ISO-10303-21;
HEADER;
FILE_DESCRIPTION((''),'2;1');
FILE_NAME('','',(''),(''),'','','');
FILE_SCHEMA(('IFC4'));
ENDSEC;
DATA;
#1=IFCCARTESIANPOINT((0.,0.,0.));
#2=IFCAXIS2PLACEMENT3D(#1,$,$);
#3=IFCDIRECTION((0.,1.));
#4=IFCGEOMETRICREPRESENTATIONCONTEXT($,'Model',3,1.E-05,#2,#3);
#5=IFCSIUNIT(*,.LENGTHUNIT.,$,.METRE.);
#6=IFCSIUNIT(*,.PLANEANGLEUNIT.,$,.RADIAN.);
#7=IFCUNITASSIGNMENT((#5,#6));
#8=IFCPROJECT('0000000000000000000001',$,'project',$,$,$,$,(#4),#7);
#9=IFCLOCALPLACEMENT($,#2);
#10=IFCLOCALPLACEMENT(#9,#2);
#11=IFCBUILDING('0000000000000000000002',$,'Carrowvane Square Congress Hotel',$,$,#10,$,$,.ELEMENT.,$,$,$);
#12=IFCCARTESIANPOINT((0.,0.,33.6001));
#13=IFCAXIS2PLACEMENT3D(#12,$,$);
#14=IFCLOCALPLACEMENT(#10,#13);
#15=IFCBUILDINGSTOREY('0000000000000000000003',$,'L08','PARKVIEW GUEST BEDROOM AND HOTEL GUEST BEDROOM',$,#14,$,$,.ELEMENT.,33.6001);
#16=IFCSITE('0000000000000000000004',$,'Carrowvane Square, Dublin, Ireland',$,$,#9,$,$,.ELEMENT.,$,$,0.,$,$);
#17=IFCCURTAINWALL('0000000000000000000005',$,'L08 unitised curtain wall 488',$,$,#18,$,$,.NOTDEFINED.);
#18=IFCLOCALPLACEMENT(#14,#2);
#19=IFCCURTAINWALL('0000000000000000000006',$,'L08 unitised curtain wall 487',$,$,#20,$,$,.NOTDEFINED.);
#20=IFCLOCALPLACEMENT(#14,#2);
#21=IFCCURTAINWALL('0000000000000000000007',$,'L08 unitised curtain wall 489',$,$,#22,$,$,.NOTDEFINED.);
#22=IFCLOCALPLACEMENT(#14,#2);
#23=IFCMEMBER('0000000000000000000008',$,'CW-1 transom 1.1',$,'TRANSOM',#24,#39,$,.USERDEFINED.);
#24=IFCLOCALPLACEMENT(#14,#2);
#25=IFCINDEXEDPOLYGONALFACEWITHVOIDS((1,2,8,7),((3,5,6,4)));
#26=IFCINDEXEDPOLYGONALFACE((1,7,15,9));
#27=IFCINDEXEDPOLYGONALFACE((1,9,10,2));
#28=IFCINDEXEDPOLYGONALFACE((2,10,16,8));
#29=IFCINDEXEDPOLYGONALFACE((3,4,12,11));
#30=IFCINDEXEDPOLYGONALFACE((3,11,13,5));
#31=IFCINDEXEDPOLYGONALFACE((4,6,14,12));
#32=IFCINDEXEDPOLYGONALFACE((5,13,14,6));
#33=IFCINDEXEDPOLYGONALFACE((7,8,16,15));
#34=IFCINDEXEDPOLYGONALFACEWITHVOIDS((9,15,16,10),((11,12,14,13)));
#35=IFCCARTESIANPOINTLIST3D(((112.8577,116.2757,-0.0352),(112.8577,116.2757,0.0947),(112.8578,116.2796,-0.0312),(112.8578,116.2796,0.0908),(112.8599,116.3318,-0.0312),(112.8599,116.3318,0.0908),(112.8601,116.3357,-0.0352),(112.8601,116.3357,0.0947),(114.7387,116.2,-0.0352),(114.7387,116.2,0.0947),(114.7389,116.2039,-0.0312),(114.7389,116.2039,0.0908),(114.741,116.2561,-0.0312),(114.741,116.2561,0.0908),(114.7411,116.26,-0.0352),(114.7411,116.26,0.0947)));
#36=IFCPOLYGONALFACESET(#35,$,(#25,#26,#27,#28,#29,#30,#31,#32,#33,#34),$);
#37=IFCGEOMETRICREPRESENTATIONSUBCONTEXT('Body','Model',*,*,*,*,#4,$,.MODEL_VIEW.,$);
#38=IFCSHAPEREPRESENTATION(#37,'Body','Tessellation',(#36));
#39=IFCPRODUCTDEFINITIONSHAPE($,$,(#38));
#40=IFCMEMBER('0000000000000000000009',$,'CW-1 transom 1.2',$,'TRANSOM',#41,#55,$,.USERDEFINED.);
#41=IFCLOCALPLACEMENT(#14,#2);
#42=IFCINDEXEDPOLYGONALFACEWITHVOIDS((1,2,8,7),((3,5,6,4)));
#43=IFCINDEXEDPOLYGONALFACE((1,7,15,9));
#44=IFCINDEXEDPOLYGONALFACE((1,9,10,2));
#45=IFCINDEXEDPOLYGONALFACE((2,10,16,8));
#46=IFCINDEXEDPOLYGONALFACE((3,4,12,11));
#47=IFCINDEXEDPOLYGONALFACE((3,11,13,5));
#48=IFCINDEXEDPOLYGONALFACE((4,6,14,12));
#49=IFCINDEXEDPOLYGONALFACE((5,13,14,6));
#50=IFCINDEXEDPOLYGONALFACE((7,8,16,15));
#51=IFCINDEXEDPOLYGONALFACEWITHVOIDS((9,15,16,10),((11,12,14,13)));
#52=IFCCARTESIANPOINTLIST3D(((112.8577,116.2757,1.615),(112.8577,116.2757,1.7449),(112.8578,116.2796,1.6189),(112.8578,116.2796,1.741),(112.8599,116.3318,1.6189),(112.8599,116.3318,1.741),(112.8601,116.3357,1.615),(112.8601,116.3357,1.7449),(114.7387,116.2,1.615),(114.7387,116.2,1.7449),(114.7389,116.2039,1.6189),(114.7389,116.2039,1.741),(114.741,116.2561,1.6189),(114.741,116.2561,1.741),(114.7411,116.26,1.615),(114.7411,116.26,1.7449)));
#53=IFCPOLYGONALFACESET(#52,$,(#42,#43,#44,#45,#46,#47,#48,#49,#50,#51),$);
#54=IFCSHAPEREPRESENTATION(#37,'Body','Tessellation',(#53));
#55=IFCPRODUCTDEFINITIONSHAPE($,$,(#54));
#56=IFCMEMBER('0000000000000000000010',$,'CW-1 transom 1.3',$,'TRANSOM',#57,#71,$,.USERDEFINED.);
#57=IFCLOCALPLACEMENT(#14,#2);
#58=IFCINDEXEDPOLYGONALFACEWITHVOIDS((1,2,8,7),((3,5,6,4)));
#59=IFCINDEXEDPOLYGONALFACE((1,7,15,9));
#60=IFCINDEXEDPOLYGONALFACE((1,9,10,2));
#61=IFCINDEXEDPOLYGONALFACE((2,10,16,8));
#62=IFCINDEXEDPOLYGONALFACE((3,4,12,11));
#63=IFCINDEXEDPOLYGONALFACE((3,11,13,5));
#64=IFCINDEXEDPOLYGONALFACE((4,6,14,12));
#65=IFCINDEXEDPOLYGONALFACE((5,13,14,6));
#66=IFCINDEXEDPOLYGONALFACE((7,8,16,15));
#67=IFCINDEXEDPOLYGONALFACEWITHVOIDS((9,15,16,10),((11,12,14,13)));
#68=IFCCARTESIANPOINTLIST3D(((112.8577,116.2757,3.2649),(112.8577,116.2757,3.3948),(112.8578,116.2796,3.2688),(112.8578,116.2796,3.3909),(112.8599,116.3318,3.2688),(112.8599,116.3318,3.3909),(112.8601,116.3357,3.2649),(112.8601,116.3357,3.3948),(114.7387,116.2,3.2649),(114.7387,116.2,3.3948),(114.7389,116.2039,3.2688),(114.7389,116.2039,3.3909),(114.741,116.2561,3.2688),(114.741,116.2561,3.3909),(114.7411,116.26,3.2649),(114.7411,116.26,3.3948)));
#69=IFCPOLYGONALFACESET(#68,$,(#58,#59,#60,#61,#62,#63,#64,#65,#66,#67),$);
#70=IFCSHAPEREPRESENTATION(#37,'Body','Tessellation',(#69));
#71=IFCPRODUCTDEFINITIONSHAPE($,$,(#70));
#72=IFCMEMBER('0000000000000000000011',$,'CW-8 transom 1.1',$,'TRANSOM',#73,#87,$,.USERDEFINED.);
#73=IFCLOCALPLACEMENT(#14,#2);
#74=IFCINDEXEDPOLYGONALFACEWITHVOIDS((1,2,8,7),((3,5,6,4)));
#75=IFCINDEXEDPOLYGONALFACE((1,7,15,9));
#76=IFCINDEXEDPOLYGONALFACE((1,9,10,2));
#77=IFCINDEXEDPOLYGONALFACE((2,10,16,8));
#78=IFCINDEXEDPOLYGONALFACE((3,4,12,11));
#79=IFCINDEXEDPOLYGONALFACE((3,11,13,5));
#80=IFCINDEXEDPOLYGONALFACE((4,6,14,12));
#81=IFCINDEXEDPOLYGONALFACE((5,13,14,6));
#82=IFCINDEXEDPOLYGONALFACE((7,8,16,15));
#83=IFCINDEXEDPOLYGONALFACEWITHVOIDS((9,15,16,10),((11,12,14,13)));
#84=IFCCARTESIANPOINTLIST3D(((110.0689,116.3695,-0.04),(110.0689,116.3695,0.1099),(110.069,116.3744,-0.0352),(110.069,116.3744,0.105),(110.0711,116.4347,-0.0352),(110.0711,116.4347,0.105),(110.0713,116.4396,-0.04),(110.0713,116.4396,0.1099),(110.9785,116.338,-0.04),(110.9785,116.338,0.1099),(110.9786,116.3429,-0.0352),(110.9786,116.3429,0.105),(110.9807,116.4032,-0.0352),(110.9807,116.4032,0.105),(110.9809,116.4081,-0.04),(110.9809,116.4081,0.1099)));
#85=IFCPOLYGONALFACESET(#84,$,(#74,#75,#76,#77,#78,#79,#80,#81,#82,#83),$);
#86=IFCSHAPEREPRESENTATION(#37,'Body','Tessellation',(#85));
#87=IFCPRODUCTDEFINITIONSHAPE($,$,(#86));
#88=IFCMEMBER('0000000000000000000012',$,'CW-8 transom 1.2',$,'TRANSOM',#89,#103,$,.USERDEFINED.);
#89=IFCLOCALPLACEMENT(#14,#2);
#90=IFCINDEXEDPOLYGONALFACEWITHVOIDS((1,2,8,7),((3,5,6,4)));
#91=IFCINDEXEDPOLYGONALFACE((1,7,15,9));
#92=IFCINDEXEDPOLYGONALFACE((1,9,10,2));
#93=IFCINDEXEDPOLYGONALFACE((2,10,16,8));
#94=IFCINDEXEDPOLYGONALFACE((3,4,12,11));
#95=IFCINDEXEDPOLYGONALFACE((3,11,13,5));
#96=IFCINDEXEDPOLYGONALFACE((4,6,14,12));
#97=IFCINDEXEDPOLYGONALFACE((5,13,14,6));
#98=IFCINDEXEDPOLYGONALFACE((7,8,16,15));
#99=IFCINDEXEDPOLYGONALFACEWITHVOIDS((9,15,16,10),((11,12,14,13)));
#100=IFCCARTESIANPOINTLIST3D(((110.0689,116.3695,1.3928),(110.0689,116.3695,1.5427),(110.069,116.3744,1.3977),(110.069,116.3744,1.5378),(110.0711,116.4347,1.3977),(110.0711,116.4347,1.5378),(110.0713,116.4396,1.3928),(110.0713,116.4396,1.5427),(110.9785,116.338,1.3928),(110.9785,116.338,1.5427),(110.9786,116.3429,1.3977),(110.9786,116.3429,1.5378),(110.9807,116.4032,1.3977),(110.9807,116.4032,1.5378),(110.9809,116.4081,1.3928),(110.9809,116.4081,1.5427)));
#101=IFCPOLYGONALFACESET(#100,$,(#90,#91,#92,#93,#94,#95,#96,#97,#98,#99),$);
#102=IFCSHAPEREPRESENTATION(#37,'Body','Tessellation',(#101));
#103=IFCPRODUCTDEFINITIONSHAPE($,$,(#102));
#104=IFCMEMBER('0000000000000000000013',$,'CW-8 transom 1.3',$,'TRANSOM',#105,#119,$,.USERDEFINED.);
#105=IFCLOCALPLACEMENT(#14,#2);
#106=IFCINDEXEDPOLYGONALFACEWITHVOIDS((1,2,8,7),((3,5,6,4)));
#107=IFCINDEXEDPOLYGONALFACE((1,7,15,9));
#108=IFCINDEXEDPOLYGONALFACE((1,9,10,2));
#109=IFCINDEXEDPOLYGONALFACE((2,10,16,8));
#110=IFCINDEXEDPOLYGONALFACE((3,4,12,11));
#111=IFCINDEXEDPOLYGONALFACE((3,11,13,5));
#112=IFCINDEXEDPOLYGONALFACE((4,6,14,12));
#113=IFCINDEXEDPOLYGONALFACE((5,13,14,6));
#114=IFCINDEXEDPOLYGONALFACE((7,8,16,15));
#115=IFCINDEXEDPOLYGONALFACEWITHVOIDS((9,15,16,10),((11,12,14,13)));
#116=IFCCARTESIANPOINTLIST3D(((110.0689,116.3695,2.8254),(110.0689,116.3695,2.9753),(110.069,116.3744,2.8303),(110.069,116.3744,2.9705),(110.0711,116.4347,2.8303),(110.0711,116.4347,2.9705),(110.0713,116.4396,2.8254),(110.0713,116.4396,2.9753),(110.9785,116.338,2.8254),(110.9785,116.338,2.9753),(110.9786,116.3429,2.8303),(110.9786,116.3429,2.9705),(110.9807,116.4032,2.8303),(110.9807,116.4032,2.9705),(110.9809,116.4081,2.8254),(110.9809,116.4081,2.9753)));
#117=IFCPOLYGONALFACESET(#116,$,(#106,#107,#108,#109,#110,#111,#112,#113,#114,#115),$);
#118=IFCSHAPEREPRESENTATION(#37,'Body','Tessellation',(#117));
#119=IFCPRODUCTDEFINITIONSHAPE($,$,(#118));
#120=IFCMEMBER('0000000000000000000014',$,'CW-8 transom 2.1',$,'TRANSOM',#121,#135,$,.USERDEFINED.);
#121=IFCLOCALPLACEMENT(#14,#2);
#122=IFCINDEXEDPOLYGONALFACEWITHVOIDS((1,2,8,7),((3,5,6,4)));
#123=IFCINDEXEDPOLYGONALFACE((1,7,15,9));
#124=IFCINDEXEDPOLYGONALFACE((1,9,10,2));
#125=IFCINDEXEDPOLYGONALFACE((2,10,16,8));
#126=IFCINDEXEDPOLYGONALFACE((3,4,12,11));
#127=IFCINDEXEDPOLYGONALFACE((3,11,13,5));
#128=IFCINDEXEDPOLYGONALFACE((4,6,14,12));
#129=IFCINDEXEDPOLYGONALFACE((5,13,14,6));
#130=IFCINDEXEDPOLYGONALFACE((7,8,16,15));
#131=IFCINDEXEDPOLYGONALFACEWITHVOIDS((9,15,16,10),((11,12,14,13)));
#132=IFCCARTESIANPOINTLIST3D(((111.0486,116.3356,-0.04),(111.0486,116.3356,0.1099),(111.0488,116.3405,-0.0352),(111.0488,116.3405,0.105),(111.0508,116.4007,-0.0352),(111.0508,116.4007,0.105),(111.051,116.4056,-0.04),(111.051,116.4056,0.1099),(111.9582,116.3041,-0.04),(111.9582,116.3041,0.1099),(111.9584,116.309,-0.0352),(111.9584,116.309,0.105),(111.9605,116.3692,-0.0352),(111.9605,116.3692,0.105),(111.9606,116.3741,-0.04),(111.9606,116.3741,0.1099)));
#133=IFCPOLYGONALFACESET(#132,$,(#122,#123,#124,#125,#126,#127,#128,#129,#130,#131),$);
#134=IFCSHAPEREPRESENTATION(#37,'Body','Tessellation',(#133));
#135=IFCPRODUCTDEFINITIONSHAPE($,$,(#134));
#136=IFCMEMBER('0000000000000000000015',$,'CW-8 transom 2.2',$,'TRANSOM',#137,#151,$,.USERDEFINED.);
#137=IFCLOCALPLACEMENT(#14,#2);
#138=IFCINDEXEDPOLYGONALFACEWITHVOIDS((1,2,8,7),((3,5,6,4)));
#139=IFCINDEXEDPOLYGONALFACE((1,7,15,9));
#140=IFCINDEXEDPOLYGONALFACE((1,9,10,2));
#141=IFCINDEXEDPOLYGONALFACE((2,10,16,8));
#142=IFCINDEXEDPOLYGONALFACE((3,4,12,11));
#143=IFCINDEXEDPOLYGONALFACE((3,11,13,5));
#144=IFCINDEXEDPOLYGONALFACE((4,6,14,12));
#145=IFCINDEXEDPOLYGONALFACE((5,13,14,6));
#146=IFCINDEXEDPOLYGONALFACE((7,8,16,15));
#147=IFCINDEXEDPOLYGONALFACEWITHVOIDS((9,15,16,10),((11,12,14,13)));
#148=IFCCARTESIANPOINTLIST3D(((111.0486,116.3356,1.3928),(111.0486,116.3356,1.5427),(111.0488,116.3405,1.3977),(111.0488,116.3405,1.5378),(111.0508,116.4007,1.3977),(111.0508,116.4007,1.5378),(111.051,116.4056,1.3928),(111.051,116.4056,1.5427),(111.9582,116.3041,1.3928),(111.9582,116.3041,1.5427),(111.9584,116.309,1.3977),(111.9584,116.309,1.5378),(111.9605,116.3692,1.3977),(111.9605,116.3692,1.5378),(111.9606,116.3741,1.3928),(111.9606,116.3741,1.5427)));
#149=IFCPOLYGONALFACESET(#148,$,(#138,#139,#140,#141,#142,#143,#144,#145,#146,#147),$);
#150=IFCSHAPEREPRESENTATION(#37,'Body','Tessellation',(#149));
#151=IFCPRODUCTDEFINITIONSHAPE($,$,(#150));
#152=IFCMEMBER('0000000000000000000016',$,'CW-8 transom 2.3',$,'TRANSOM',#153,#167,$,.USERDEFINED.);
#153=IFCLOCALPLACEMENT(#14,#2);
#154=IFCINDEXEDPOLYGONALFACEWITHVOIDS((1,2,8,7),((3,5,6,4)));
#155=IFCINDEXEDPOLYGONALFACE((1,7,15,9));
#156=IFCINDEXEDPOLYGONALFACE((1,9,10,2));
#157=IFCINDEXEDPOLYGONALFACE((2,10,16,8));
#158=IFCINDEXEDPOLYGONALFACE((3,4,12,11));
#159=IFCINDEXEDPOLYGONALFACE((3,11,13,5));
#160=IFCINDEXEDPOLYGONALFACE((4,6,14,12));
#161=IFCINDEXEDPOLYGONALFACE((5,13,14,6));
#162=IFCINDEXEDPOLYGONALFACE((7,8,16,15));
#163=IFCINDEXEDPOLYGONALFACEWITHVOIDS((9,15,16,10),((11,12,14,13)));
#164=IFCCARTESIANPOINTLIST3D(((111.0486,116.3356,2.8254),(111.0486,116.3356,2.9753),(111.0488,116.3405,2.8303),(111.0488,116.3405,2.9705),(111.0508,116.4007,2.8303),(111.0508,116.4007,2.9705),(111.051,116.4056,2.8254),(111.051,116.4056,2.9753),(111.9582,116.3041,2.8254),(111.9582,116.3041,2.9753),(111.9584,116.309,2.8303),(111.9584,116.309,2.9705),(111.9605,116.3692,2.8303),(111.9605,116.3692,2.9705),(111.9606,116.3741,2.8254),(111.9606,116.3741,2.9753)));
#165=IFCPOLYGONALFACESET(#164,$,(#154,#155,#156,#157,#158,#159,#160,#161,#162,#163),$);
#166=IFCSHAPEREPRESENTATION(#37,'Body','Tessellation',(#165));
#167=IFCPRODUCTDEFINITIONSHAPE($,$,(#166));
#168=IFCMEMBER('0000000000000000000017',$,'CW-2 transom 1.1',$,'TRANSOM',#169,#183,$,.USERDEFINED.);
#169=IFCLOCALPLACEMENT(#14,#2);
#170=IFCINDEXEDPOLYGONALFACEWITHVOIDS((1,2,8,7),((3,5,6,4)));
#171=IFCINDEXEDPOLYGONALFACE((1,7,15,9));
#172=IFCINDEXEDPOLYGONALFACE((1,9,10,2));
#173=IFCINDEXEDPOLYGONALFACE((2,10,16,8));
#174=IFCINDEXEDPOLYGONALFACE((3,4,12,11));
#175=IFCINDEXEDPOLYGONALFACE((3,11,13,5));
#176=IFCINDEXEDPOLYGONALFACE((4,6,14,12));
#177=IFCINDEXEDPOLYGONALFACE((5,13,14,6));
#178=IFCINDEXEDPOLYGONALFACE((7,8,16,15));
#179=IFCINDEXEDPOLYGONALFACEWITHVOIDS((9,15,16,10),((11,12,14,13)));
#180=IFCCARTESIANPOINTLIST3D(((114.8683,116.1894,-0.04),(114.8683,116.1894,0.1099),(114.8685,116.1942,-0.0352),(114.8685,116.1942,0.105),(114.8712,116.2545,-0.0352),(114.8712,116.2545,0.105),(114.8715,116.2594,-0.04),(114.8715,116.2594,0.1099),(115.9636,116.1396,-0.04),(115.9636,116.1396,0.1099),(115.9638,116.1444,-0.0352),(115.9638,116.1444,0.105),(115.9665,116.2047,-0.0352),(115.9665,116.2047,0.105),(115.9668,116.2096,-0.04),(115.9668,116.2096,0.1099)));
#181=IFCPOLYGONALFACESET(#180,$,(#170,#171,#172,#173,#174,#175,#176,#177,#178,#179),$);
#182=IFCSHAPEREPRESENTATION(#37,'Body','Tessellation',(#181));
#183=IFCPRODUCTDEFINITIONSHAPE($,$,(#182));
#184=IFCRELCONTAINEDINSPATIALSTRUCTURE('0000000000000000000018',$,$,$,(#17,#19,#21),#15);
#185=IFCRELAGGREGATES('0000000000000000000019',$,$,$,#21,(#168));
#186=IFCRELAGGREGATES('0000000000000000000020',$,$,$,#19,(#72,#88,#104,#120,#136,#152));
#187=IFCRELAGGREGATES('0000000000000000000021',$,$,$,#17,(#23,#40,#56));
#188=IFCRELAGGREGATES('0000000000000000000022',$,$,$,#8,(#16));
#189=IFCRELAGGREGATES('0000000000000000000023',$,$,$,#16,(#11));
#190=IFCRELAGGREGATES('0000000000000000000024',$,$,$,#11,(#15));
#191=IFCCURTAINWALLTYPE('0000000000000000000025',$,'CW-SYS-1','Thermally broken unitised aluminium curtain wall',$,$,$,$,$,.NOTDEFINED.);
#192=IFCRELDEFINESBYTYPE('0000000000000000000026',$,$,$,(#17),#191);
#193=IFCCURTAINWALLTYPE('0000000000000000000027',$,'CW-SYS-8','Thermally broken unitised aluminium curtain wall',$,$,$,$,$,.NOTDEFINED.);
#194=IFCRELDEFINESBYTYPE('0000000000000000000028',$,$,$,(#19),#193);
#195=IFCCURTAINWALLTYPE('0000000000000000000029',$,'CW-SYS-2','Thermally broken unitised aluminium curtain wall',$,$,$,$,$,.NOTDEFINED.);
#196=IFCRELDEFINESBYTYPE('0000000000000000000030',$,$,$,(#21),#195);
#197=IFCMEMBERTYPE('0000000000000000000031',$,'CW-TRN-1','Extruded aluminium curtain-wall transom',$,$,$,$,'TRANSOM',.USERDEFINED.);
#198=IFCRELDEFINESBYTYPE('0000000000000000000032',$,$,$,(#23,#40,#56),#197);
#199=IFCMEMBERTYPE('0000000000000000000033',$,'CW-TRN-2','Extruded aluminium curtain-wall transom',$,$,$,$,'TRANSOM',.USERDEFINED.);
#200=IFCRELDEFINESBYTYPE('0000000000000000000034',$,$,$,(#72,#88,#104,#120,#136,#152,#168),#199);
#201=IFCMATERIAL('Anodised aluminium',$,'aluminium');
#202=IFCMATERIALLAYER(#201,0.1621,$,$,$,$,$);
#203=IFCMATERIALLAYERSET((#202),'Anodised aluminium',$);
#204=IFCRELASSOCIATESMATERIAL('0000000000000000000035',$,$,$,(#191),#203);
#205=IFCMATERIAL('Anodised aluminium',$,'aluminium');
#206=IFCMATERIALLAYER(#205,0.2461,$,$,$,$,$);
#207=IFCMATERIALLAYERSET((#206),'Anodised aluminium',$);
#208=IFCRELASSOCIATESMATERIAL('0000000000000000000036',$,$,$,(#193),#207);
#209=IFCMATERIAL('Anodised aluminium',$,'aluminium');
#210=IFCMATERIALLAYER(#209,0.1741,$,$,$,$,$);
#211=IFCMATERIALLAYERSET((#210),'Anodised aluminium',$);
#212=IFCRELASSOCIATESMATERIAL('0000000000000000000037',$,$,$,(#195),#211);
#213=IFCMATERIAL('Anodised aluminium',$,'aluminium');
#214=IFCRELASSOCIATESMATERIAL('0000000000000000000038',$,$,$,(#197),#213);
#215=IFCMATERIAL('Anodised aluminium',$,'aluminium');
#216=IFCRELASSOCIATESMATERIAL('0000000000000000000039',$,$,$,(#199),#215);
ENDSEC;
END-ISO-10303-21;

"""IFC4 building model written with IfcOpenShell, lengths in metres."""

from ifc_helpers import new_model, si_unit, direction, frame, origin, origin_2d, place, context, subcontext, project, spatial, hollow_rectangle, extrude, material, layer, layer_set, material_profile, profile_set, type_object, element, aggregate, save


model = new_model("IFC4")

# Units and contexts
model_context = context("Model", 3, precision=1e-05, world=origin(), true_north=direction((0.0, 1.0)))
body_context = subcontext(model_context, "Body", "Model", "MODEL_VIEW")
ifc_project = project(units=[si_unit("LENGTHUNIT", "METRE"), si_unit("PLANEANGLEUNIT", "RADIAN")], contexts=[model_context])

# Site, building, storey
site_placement = place(None, origin())
site = spatial("IfcSite", under=ifc_project, at=site_placement, Name="Carrowvane Square, Dublin, Ireland", CompositionType="ELEMENT", RefElevation=0.0)
building_placement = place(site_placement, origin())
building = spatial("IfcBuilding", under=site, at=building_placement, Name="Carrowvane Square Congress Hotel", CompositionType="ELEMENT")
storey_placement = place(building_placement, frame((0.0, 0.0, 33.6001)))
storey = spatial("IfcBuildingStorey", under=building, at=storey_placement, Name="L08", Description="PARKVIEW GUEST BEDROOM AND HOTEL GUEST BEDROOM", CompositionType="ELEMENT", Elevation=33.6001)

# Curtain walls
ifc_material_1 = material(Name="Anodised aluminium", Category="aluminium")
ifc_layer_1 = layer(ifc_material_1, 0.1621)
ifc_layer_set_1 = layer_set([ifc_layer_1], Name="Anodised aluminium")
curtain_wall_type_1 = type_object("IfcCurtainWallType", Name="CW-SYS-1", Description="Thermally broken unitised aluminium curtain wall", PredefinedType="NOTDEFINED", material=ifc_layer_set_1)
curtain_wall_1_placement = place(storey_placement, origin())
curtain_wall_1 = element("IfcCurtainWall", 1, at=curtain_wall_1_placement, inside=storey, type_object=curtain_wall_type_1, Name="L08 unitised curtain wall 488", PredefinedType="NOTDEFINED")
ifc_material_2 = material(Name="Anodised aluminium", Category="aluminium")
ifc_layer_2 = layer(ifc_material_2, 0.2461)
ifc_layer_set_2 = layer_set([ifc_layer_2], Name="Anodised aluminium")
curtain_wall_type_2 = type_object("IfcCurtainWallType", Name="CW-SYS-8", Description="Thermally broken unitised aluminium curtain wall", PredefinedType="NOTDEFINED", material=ifc_layer_set_2)
curtain_wall_2_placement = place(storey_placement, origin())
curtain_wall_2 = element("IfcCurtainWall", 2, at=curtain_wall_2_placement, inside=storey, type_object=curtain_wall_type_2, Name="L08 unitised curtain wall 487", PredefinedType="NOTDEFINED")

# Curtain wall
ifc_material_3 = material(Name="Anodised aluminium", Category="aluminium")
ifc_layer_3 = layer(ifc_material_3, 0.1741)
ifc_layer_set_3 = layer_set([ifc_layer_3], Name="Anodised aluminium")
curtain_wall_type_3 = type_object("IfcCurtainWallType", Name="CW-SYS-2", Description="Thermally broken unitised aluminium curtain wall", PredefinedType="NOTDEFINED", material=ifc_layer_set_3)
curtain_wall_3_placement = place(storey_placement, origin())
curtain_wall_3 = element("IfcCurtainWall", 3, at=curtain_wall_3_placement, inside=storey, type_object=curtain_wall_type_3, Name="L08 unitised curtain wall 489", PredefinedType="NOTDEFINED")

# Members
ifc_material_4 = material(Name="Anodised aluminium", Category="aluminium")
ifc_material_profile_1 = material_profile(ifc_material_4, hollow_rectangle(XDim=0.0601, YDim=0.1299, WallThickness=0.0039, at=origin_2d()), Name="CW-TR 60x130x4")
ifc_profile_set_1 = profile_set([ifc_material_profile_1], Name="Anodised aluminium")
member_type_1 = type_object("IfcMemberType", Name="CW-TRN-1", Description="Extruded aluminium curtain-wall transom", ElementType="TRANSOM", PredefinedType="USERDEFINED", material=ifc_profile_set_1)
member_1_placement = place(storey_placement, frame((112.8589, 116.3057, 0.0298), z_axis=(0.999192, -0.040201, 0.0), x_axis=(0.040201, 0.999192, 0.0)))
member_1 = element("IfcMember", 4, at=member_1_placement, type_object=member_type_1, Name="CW-1 transom 1.1", ObjectType="TRANSOM", PredefinedType="USERDEFINED", context=body_context, shape_type="SweptSolid", body=[
    extrude(hollow_rectangle(XDim=0.0601, YDim=0.1299, WallThickness=0.0039, at=origin_2d()), origin(), (0.0, 0.0, 1.0), 1.8826),
])
member_2_placement = place(storey_placement, frame((112.8589, 116.3057, 1.6799), z_axis=(0.999192, -0.040201, 0.0), x_axis=(0.040201, 0.999192, 0.0)))
member_2 = element("IfcMember", 5, at=member_2_placement, type_object=member_type_1, Name="CW-1 transom 1.2", ObjectType="TRANSOM", PredefinedType="USERDEFINED", context=body_context, shape_type="SweptSolid", body=[
    extrude(hollow_rectangle(XDim=0.0601, YDim=0.1299, WallThickness=0.0039, at=origin_2d()), origin(), (0.0, 0.0, 1.0), 1.8826),
])
member_3_placement = place(storey_placement, frame((112.8589, 116.3057, 3.3298), z_axis=(0.999192, -0.040201, 0.0), x_axis=(0.040201, 0.999192, 0.0)))
member_3 = element("IfcMember", 6, at=member_3_placement, type_object=member_type_1, Name="CW-1 transom 1.3", ObjectType="TRANSOM", PredefinedType="USERDEFINED", context=body_context, shape_type="SweptSolid", body=[
    extrude(hollow_rectangle(XDim=0.0601, YDim=0.1299, WallThickness=0.0039, at=origin_2d()), origin(), (0.0, 0.0, 1.0), 1.8826),
])
ifc_material_5 = material(Name="Anodised aluminium", Category="aluminium")
ifc_material_profile_2 = material_profile(ifc_material_5, hollow_rectangle(XDim=0.0701, YDim=0.1499, WallThickness=0.0049, at=origin_2d()), Name="CW-TR 70x150x5")
ifc_profile_set_2 = profile_set([ifc_material_profile_2], Name="Anodised aluminium")
member_type_2 = type_object("IfcMemberType", Name="CW-TRN-2", Description="Extruded aluminium curtain-wall transom", ElementType="TRANSOM", PredefinedType="USERDEFINED", material=ifc_profile_set_2)
member_4_placement = place(storey_placement, frame((110.0701, 116.4045, 0.0349), z_axis=(0.999401, -0.034601, 0.0), x_axis=(0.034601, 0.999401, 0.0)))
member_4 = element("IfcMember", 7, at=member_4_placement, type_object=member_type_2, Name="CW-8 transom 1.1", ObjectType="TRANSOM", PredefinedType="USERDEFINED", context=body_context, shape_type="SweptSolid", body=[
    extrude(hollow_rectangle(XDim=0.0701, YDim=0.1499, WallThickness=0.0049, at=origin_2d()), origin(), (0.0, 0.0, 1.0), 0.9102),
])
member_5_placement = place(storey_placement, frame((110.0701, 116.4045, 1.4678), z_axis=(0.999401, -0.034601, 0.0), x_axis=(0.034601, 0.999401, 0.0)))
member_5 = element("IfcMember", 8, at=member_5_placement, type_object=member_type_2, Name="CW-8 transom 1.2", ObjectType="TRANSOM", PredefinedType="USERDEFINED", context=body_context, shape_type="SweptSolid", body=[
    extrude(hollow_rectangle(XDim=0.0701, YDim=0.1499, WallThickness=0.0049, at=origin_2d()), origin(), (0.0, 0.0, 1.0), 0.9102),
])
member_6_placement = place(storey_placement, frame((110.0701, 116.4045, 2.9004), z_axis=(0.999401, -0.034601, 0.0), x_axis=(0.034601, 0.999401, 0.0)))
member_6 = element("IfcMember", 9, at=member_6_placement, type_object=member_type_2, Name="CW-8 transom 1.3", ObjectType="TRANSOM", PredefinedType="USERDEFINED", context=body_context, shape_type="SweptSolid", body=[
    extrude(hollow_rectangle(XDim=0.0701, YDim=0.1499, WallThickness=0.0049, at=origin_2d()), origin(), (0.0, 0.0, 1.0), 0.9102),
])
member_7_placement = place(storey_placement, frame((111.0498, 116.3706, 0.0349), z_axis=(0.999401, -0.034601, 0.0), x_axis=(0.034601, 0.999401, 0.0)))
member_7 = element("IfcMember", 10, at=member_7_placement, type_object=member_type_2, Name="CW-8 transom 2.1", ObjectType="TRANSOM", PredefinedType="USERDEFINED", context=body_context, shape_type="SweptSolid", body=[
    extrude(hollow_rectangle(XDim=0.0701, YDim=0.1499, WallThickness=0.0049, at=origin_2d()), origin(), (0.0, 0.0, 1.0), 0.9102),
])
member_8_placement = place(storey_placement, frame((111.0498, 116.3706, 1.4678), z_axis=(0.999401, -0.034601, 0.0), x_axis=(0.034601, 0.999401, 0.0)))
member_8 = element("IfcMember", 11, at=member_8_placement, type_object=member_type_2, Name="CW-8 transom 2.2", ObjectType="TRANSOM", PredefinedType="USERDEFINED", context=body_context, shape_type="SweptSolid", body=[
    extrude(hollow_rectangle(XDim=0.0701, YDim=0.1499, WallThickness=0.0049, at=origin_2d()), origin(), (0.0, 0.0, 1.0), 0.9102),
])
member_9_placement = place(storey_placement, frame((111.0498, 116.3706, 2.9004), z_axis=(0.999401, -0.034601, 0.0), x_axis=(0.034601, 0.999401, 0.0)))
member_9 = element("IfcMember", 12, at=member_9_placement, type_object=member_type_2, Name="CW-8 transom 2.3", ObjectType="TRANSOM", PredefinedType="USERDEFINED", context=body_context, shape_type="SweptSolid", body=[
    extrude(hollow_rectangle(XDim=0.0701, YDim=0.1499, WallThickness=0.0049, at=origin_2d()), origin(), (0.0, 0.0, 1.0), 0.9102),
])
member_10_placement = place(storey_placement, frame((114.8699, 116.2244, 0.0349), z_axis=(0.998968, -0.045428, 0.0), x_axis=(0.045428, 0.998968, 0.0)))
member_10 = element("IfcMember", 13, at=member_10_placement, type_object=member_type_2, Name="CW-2 transom 1.1", ObjectType="TRANSOM", PredefinedType="USERDEFINED", context=body_context, shape_type="SweptSolid", body=[
    extrude(hollow_rectangle(XDim=0.0701, YDim=0.1499, WallThickness=0.0049, at=origin_2d()), origin(), (0.0, 0.0, 1.0), 1.0964),
])
aggregate(curtain_wall_3, [member_10])

aggregate(curtain_wall_2, [member_4, member_5, member_6, member_7, member_8, member_9])
aggregate(curtain_wall_1, [member_1, member_2, member_3])

save(model, "model.ifc")
